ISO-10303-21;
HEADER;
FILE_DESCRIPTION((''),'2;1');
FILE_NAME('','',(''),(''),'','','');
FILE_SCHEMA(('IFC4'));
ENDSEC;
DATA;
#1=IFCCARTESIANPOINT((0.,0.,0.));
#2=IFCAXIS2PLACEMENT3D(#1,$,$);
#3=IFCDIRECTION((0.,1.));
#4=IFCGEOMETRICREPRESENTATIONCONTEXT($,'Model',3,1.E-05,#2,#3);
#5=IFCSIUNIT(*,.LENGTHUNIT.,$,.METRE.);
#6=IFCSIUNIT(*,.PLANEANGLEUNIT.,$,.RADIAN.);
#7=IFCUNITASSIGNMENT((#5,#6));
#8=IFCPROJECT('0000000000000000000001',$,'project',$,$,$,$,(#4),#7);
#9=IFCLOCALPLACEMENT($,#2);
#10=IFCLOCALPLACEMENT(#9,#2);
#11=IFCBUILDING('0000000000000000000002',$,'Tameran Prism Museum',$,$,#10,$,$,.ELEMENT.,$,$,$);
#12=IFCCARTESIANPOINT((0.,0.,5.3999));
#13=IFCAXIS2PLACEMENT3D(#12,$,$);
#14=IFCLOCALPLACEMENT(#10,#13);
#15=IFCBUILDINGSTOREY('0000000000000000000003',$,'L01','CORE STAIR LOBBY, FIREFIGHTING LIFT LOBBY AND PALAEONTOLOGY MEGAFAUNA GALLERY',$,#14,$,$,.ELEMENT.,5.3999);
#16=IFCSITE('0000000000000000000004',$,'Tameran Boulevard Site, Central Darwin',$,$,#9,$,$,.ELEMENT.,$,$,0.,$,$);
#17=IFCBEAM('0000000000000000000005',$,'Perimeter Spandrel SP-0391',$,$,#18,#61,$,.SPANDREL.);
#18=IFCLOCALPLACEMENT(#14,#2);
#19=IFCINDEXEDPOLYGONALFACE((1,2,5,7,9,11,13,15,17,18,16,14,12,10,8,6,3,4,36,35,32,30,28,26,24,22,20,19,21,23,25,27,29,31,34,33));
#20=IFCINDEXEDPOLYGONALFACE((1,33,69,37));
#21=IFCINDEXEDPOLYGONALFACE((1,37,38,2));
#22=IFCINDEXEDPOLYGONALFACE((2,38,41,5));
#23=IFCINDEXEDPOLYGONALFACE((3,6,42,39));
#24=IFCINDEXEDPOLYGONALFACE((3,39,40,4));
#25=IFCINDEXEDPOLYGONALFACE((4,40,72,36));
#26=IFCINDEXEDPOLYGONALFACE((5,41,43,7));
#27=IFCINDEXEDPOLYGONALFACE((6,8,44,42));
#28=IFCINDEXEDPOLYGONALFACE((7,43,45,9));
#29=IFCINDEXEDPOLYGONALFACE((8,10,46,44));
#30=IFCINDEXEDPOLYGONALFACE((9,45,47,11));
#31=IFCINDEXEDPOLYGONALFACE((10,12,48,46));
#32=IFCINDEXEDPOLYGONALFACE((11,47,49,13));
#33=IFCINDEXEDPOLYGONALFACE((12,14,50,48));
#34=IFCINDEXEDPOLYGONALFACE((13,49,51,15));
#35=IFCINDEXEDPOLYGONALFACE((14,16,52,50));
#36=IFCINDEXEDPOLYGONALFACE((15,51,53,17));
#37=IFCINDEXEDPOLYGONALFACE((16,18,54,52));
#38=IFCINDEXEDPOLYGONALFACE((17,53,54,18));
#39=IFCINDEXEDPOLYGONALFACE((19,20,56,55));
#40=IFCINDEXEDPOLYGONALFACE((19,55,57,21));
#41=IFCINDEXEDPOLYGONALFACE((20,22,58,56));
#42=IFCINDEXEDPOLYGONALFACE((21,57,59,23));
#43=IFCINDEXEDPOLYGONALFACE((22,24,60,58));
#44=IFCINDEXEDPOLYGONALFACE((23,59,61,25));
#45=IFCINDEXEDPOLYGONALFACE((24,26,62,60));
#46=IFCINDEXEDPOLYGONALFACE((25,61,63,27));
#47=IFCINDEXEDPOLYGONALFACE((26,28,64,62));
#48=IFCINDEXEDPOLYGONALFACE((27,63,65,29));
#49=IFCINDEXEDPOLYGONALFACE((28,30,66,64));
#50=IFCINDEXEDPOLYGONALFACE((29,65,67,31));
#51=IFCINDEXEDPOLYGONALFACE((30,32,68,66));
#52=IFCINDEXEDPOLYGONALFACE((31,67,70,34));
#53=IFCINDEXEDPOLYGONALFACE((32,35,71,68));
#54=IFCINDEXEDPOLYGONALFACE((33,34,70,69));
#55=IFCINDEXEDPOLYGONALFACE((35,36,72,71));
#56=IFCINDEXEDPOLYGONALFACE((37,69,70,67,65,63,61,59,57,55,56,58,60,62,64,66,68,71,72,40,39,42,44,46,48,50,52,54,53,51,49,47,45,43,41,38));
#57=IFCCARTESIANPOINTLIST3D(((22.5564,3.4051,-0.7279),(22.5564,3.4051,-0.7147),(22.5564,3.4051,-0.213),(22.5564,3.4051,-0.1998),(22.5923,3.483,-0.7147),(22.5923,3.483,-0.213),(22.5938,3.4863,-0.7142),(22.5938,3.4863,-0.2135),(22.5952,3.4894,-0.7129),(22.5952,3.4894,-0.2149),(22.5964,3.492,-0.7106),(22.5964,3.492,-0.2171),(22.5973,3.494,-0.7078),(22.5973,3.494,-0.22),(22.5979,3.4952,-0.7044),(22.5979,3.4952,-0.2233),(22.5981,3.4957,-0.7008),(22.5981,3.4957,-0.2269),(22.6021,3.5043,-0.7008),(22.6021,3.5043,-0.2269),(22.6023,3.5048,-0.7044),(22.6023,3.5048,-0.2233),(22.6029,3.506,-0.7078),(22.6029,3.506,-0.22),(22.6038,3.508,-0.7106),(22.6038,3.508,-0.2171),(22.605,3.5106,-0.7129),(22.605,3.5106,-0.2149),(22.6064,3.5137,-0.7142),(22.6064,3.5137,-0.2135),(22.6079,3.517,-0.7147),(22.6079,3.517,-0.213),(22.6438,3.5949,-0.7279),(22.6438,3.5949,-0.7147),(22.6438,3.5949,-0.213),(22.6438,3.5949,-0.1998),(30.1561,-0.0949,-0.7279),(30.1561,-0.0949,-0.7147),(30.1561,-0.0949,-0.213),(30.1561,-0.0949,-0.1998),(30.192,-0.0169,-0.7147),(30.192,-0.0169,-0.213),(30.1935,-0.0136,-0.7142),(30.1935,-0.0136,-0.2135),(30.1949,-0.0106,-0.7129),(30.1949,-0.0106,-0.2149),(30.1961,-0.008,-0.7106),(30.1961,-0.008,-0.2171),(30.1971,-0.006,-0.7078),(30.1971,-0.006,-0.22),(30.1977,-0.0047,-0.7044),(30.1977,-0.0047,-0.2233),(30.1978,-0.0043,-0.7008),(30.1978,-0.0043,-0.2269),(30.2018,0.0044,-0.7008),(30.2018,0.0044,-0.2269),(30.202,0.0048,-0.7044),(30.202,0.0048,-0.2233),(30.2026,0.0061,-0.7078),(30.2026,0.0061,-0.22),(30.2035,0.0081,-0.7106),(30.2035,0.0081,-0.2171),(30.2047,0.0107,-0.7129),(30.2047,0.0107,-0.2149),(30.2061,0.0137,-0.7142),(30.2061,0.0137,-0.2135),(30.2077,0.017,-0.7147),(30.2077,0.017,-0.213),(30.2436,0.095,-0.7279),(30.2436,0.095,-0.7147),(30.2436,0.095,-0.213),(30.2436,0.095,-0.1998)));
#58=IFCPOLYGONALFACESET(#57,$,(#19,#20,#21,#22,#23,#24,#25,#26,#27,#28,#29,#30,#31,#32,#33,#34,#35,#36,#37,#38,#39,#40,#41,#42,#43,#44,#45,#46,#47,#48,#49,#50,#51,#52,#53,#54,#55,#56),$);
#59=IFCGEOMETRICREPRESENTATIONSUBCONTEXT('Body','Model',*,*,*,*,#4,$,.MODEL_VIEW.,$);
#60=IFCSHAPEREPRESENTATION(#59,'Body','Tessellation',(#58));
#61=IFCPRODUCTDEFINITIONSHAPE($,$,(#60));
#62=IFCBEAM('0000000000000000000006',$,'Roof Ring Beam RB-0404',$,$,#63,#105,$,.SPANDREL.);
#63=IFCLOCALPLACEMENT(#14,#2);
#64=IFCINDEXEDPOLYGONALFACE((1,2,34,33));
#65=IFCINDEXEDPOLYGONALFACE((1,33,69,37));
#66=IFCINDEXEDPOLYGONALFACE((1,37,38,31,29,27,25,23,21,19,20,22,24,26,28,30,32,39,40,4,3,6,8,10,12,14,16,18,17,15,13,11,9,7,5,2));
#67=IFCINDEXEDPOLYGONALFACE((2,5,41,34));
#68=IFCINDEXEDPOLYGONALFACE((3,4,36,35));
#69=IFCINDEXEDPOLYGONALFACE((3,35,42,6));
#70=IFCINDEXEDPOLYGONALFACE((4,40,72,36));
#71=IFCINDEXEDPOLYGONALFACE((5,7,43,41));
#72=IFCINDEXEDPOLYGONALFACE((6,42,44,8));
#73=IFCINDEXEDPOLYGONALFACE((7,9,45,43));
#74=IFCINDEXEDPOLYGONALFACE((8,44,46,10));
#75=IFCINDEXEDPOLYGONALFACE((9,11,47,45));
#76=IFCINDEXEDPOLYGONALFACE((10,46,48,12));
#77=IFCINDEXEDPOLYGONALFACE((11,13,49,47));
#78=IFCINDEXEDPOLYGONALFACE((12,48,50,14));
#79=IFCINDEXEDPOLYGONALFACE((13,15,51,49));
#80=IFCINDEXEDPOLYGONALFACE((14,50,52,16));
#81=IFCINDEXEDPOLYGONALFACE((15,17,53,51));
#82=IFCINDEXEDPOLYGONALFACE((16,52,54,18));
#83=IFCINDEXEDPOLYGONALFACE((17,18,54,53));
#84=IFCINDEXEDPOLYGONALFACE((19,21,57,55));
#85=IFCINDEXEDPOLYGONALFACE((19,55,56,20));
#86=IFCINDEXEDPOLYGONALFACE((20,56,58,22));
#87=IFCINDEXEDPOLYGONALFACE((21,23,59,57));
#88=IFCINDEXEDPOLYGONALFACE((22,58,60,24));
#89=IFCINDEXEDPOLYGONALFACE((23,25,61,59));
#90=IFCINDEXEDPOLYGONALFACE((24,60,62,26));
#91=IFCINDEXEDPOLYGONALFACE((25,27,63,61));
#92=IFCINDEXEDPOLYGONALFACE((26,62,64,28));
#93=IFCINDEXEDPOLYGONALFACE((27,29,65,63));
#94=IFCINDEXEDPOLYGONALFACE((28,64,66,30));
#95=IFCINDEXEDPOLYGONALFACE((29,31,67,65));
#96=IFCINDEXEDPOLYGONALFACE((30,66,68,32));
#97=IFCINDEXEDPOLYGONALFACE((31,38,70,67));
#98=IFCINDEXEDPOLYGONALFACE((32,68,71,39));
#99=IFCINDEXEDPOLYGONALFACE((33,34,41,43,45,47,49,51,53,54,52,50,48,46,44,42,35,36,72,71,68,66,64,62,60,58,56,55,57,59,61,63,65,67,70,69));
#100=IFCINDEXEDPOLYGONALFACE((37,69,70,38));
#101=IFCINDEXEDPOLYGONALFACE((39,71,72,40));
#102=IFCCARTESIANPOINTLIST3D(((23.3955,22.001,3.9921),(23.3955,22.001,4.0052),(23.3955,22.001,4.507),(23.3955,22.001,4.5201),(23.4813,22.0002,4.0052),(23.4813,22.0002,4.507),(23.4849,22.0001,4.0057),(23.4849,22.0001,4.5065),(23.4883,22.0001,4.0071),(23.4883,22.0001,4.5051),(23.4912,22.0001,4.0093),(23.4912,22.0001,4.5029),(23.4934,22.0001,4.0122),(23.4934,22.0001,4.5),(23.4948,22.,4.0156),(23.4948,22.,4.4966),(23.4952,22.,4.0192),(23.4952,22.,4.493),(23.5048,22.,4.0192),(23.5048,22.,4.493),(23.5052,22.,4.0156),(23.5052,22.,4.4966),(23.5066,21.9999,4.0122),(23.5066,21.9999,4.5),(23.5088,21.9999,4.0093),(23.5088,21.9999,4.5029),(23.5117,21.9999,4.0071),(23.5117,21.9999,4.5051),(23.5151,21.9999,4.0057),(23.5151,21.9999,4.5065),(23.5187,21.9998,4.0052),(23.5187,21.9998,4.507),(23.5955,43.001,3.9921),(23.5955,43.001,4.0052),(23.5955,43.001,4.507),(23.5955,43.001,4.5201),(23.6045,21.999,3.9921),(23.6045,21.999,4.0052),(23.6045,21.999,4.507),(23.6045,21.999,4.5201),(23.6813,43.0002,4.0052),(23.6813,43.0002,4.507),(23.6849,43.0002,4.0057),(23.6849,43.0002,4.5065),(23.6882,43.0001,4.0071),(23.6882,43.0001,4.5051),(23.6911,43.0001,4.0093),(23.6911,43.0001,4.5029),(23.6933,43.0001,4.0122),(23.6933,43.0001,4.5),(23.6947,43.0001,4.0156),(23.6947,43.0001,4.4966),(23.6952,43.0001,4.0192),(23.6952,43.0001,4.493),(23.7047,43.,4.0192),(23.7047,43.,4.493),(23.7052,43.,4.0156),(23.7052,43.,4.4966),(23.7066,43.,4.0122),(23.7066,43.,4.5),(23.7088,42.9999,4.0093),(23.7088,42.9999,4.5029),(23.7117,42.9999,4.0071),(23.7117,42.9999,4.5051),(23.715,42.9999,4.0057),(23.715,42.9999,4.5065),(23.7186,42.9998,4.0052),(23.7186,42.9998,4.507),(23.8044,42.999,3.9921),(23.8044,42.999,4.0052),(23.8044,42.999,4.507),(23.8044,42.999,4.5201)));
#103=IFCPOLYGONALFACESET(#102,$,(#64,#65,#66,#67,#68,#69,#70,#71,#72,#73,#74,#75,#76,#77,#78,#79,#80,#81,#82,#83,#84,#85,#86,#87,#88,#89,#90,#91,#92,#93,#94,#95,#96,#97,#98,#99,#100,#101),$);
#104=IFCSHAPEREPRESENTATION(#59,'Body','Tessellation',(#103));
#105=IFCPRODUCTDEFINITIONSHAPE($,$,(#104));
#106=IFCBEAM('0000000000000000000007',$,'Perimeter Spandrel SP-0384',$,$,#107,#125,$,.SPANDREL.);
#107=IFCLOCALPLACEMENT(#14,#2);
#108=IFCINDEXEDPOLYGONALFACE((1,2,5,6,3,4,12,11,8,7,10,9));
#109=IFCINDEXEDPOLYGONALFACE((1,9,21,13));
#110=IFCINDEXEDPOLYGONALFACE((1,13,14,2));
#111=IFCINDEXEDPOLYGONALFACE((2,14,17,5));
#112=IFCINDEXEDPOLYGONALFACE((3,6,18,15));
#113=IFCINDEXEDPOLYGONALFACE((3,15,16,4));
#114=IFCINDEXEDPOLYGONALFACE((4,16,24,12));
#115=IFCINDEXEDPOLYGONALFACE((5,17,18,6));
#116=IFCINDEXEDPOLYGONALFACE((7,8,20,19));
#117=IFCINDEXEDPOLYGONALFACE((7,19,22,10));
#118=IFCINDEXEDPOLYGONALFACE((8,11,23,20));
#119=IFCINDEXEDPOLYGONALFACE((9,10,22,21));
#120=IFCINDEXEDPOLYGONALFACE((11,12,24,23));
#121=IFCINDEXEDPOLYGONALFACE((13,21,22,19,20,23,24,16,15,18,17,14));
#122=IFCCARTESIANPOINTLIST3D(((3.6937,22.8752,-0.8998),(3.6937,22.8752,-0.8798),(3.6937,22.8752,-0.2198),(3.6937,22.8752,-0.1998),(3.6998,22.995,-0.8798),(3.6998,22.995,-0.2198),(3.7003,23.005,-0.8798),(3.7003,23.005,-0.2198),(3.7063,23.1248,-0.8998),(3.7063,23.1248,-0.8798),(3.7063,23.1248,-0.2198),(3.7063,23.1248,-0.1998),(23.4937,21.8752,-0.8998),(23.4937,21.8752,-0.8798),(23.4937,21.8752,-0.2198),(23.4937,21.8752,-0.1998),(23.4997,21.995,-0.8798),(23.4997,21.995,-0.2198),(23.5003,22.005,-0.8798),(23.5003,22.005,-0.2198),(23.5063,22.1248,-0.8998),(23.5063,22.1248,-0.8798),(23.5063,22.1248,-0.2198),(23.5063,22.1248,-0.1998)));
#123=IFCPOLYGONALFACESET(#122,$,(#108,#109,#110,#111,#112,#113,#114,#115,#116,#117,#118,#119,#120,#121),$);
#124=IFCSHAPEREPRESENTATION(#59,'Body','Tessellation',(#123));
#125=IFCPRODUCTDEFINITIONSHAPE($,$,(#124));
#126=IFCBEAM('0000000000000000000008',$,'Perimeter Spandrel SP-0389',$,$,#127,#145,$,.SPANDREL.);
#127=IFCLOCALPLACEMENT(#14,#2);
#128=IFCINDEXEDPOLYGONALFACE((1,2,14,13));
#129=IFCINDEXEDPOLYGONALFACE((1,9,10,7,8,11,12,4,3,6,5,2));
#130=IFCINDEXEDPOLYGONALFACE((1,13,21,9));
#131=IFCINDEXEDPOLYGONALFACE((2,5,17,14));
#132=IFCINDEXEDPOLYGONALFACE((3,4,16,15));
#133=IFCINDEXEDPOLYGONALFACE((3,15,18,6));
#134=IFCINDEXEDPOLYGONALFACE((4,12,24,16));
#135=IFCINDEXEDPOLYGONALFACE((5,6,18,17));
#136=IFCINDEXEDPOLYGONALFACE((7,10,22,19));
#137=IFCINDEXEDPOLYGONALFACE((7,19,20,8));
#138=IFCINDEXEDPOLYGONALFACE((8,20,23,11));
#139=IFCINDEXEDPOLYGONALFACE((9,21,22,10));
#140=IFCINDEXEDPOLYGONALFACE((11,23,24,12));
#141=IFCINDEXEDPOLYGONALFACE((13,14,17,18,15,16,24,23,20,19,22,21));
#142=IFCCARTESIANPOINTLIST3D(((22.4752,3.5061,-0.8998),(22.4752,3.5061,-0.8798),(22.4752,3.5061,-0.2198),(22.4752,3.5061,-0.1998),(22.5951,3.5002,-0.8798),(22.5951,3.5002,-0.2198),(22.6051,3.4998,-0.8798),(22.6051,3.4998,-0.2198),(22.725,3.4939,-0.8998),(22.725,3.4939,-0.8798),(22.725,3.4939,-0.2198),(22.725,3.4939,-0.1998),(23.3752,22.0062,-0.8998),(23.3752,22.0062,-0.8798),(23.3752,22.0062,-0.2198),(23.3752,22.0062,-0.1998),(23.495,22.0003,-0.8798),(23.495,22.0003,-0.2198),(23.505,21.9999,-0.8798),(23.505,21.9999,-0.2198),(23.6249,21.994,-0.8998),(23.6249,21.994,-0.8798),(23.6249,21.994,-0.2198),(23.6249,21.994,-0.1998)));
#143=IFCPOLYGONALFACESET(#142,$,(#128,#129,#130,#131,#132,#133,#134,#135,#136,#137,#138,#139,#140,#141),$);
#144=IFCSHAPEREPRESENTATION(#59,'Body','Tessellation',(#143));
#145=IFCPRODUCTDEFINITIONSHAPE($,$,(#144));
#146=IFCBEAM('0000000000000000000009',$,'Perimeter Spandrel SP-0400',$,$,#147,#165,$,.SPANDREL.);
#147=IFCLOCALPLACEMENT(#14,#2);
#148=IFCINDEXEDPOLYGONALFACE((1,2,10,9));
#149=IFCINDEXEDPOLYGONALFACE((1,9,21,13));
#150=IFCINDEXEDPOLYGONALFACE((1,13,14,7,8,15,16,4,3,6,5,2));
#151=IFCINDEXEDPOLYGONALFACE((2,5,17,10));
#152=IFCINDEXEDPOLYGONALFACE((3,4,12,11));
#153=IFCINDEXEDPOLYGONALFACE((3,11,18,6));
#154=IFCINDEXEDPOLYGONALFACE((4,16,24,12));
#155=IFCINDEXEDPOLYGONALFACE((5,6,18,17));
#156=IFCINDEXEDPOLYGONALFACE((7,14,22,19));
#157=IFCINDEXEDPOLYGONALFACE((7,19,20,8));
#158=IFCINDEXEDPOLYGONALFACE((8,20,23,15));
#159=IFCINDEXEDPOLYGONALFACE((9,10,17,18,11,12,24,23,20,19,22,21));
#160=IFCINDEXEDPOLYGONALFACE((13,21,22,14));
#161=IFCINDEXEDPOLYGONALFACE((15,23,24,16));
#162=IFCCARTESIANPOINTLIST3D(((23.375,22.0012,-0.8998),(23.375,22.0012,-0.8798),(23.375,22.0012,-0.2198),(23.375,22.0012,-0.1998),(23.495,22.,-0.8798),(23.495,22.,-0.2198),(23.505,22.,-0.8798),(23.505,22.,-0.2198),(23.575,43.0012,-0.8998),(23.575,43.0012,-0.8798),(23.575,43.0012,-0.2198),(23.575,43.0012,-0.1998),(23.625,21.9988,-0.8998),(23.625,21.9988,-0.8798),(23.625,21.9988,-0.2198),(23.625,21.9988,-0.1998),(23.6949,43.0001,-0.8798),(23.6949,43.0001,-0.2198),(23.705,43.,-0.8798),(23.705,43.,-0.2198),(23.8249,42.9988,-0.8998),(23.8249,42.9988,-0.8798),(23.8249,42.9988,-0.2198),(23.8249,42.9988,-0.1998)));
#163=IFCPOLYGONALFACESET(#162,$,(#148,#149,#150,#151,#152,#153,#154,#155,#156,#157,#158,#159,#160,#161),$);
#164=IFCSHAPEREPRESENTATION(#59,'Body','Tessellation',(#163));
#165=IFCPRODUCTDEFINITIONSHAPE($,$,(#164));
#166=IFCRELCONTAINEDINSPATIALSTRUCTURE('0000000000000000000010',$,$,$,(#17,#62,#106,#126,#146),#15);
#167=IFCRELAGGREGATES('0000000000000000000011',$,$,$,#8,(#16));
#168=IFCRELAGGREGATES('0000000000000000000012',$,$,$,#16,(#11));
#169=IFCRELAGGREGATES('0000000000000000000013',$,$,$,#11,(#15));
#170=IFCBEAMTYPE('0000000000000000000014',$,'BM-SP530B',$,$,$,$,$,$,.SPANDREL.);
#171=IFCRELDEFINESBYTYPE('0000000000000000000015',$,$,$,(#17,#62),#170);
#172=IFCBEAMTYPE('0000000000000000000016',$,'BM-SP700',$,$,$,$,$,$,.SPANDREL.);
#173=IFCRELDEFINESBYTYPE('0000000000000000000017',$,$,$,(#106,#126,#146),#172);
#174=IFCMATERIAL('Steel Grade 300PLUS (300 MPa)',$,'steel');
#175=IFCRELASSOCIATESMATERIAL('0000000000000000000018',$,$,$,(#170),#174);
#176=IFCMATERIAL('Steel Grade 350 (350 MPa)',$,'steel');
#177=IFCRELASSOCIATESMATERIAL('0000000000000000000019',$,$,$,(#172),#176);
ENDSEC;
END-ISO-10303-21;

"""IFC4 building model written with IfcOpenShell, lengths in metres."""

from ifc_helpers import new_model, si_unit, direction, frame, origin, origin_2d, place, context, subcontext, project, spatial, i_section, extrude, material, material_profile, profile_set, type_object, element, save


model = new_model("IFC4")

# Units and contexts
model_context = context("Model", 3, precision=1e-05, world=origin(), true_north=direction((0.0, 1.0)))
body_context = subcontext(model_context, "Body", "Model", "MODEL_VIEW")
ifc_project = project(units=[si_unit("LENGTHUNIT", "METRE"), si_unit("PLANEANGLEUNIT", "RADIAN")], contexts=[model_context])

# Site, building, storey
site_placement = place(None, origin())
site = spatial("IfcSite", under=ifc_project, at=site_placement, Name="Tameran Boulevard Site, Central Darwin", CompositionType="ELEMENT", RefElevation=0.0)
building_placement = place(site_placement, origin())
building = spatial("IfcBuilding", under=site, at=building_placement, Name="Tameran Prism Museum", CompositionType="ELEMENT")
storey_placement = place(building_placement, frame((0.0, 0.0, 5.3999)))
storey = spatial("IfcBuildingStorey", under=building, at=storey_placement, Name="L01", Description="CORE STAIR LOBBY, FIREFIGHTING LIFT LOBBY AND PALAEONTOLOGY MEGAFAUNA GALLERY", CompositionType="ELEMENT", Elevation=5.3999)

# Beams
ifc_material_1 = material(Name="Steel Grade 300PLUS (300 MPa)", Category="steel")
ifc_material_profile_1 = material_profile(ifc_material_1, i_section(OverallWidth=0.209, OverallDepth=0.5281, WebThickness=0.0095, FlangeThickness=0.0132, FilletRadius=0.0139, at=origin_2d()))
ifc_profile_set_1 = profile_set([ifc_material_profile_1])
beam_type_1 = type_object("IfcBeamType", Name="BM-SP530B", PredefinedType="SPANDREL", material=ifc_profile_set_1)
beam_1_placement = place(storey_placement, frame((22.6001, 3.5, -0.4639), z_axis=(0.908306, -0.418307, 0.0), x_axis=(0.418307, 0.908306, 0.0)))
element("IfcBeam", 1, at=beam_1_placement, inside=storey, type_object=beam_type_1, Name="Perimeter Spandrel SP-0391", PredefinedType="SPANDREL", context=body_context, shape_type="SweptSolid", body=[
    extrude(i_section(OverallWidth=0.209, OverallDepth=0.5281, WebThickness=0.0095, FlangeThickness=0.0132, FilletRadius=0.0139, at=origin_2d()), origin(), (0.0, 0.0, 1.0), 8.3669),
])
beam_2_placement = place(storey_placement, frame((23.5, 22.0, 4.2561), z_axis=(0.009521, 0.999955, 0.0), x_axis=(-0.999955, 0.009521, 0.0)))
element("IfcBeam", 2, at=beam_2_placement, inside=storey, type_object=beam_type_1, Name="Roof Ring Beam RB-0404", PredefinedType="SPANDREL", context=body_context, shape_type="SweptSolid", body=[
    extrude(i_section(OverallWidth=0.209, OverallDepth=0.5281, WebThickness=0.0095, FlangeThickness=0.0132, FilletRadius=0.0139, at=origin_2d()), origin(), (0.0, 0.0, 1.0), 21.001),
])
ifc_material_2 = material(Name="Steel Grade 350 (350 MPa)", Category="steel")
ifc_material_profile_2 = material_profile(ifc_material_2, i_section(OverallWidth=0.25, OverallDepth=0.7, WebThickness=0.01, FlangeThickness=0.02, at=origin_2d()))
ifc_profile_set_2 = profile_set([ifc_material_profile_2])
beam_type_2 = type_object("IfcBeamType", Name="BM-SP700", PredefinedType="SPANDREL", material=ifc_profile_set_2)
beam_3_placement = place(storey_placement, frame((23.5, 22.0, -0.5498), z_axis=(-0.998727, 0.050441, 0.0), x_axis=(-0.050441, -0.998727, 0.0)))
element("IfcBeam", 3, at=beam_3_placement, inside=storey, type_object=beam_type_2, Name="Perimeter Spandrel SP-0384", PredefinedType="SPANDREL", context=body_context, shape_type="SweptSolid", body=[
    extrude(i_section(OverallWidth=0.25, OverallDepth=0.7, WebThickness=0.01, FlangeThickness=0.02, at=origin_2d()), origin(), (0.0, 0.0, 1.0), 19.8252),
])
beam_4_placement = place(storey_placement, frame((22.6001, 3.5, -0.5498), z_axis=(0.048586, 0.998819, 0.0), x_axis=(-0.998819, 0.048586, 0.0)))
element("IfcBeam", 4, at=beam_4_placement, inside=storey, type_object=beam_type_2, Name="Perimeter Spandrel SP-0389", PredefinedType="SPANDREL", context=body_context, shape_type="SweptSolid", body=[
    extrude(i_section(OverallWidth=0.25, OverallDepth=0.7, WebThickness=0.01, FlangeThickness=0.02, at=origin_2d()), origin(), (0.0, 0.0, 1.0), 18.522),
])
beam_5_placement = place(storey_placement, frame((23.5, 22.0, -0.5498), z_axis=(0.009521, 0.999955, 0.0), x_axis=(-0.999955, 0.009521, 0.0)))
element("IfcBeam", 5, at=beam_5_placement, inside=storey, type_object=beam_type_2, Name="Perimeter Spandrel SP-0400", PredefinedType="SPANDREL", context=body_context, shape_type="SweptSolid", body=[
    extrude(i_section(OverallWidth=0.25, OverallDepth=0.7, WebThickness=0.01, FlangeThickness=0.02, at=origin_2d()), origin(), (0.0, 0.0, 1.0), 21.001),
])

save(model, "model.ifc")
